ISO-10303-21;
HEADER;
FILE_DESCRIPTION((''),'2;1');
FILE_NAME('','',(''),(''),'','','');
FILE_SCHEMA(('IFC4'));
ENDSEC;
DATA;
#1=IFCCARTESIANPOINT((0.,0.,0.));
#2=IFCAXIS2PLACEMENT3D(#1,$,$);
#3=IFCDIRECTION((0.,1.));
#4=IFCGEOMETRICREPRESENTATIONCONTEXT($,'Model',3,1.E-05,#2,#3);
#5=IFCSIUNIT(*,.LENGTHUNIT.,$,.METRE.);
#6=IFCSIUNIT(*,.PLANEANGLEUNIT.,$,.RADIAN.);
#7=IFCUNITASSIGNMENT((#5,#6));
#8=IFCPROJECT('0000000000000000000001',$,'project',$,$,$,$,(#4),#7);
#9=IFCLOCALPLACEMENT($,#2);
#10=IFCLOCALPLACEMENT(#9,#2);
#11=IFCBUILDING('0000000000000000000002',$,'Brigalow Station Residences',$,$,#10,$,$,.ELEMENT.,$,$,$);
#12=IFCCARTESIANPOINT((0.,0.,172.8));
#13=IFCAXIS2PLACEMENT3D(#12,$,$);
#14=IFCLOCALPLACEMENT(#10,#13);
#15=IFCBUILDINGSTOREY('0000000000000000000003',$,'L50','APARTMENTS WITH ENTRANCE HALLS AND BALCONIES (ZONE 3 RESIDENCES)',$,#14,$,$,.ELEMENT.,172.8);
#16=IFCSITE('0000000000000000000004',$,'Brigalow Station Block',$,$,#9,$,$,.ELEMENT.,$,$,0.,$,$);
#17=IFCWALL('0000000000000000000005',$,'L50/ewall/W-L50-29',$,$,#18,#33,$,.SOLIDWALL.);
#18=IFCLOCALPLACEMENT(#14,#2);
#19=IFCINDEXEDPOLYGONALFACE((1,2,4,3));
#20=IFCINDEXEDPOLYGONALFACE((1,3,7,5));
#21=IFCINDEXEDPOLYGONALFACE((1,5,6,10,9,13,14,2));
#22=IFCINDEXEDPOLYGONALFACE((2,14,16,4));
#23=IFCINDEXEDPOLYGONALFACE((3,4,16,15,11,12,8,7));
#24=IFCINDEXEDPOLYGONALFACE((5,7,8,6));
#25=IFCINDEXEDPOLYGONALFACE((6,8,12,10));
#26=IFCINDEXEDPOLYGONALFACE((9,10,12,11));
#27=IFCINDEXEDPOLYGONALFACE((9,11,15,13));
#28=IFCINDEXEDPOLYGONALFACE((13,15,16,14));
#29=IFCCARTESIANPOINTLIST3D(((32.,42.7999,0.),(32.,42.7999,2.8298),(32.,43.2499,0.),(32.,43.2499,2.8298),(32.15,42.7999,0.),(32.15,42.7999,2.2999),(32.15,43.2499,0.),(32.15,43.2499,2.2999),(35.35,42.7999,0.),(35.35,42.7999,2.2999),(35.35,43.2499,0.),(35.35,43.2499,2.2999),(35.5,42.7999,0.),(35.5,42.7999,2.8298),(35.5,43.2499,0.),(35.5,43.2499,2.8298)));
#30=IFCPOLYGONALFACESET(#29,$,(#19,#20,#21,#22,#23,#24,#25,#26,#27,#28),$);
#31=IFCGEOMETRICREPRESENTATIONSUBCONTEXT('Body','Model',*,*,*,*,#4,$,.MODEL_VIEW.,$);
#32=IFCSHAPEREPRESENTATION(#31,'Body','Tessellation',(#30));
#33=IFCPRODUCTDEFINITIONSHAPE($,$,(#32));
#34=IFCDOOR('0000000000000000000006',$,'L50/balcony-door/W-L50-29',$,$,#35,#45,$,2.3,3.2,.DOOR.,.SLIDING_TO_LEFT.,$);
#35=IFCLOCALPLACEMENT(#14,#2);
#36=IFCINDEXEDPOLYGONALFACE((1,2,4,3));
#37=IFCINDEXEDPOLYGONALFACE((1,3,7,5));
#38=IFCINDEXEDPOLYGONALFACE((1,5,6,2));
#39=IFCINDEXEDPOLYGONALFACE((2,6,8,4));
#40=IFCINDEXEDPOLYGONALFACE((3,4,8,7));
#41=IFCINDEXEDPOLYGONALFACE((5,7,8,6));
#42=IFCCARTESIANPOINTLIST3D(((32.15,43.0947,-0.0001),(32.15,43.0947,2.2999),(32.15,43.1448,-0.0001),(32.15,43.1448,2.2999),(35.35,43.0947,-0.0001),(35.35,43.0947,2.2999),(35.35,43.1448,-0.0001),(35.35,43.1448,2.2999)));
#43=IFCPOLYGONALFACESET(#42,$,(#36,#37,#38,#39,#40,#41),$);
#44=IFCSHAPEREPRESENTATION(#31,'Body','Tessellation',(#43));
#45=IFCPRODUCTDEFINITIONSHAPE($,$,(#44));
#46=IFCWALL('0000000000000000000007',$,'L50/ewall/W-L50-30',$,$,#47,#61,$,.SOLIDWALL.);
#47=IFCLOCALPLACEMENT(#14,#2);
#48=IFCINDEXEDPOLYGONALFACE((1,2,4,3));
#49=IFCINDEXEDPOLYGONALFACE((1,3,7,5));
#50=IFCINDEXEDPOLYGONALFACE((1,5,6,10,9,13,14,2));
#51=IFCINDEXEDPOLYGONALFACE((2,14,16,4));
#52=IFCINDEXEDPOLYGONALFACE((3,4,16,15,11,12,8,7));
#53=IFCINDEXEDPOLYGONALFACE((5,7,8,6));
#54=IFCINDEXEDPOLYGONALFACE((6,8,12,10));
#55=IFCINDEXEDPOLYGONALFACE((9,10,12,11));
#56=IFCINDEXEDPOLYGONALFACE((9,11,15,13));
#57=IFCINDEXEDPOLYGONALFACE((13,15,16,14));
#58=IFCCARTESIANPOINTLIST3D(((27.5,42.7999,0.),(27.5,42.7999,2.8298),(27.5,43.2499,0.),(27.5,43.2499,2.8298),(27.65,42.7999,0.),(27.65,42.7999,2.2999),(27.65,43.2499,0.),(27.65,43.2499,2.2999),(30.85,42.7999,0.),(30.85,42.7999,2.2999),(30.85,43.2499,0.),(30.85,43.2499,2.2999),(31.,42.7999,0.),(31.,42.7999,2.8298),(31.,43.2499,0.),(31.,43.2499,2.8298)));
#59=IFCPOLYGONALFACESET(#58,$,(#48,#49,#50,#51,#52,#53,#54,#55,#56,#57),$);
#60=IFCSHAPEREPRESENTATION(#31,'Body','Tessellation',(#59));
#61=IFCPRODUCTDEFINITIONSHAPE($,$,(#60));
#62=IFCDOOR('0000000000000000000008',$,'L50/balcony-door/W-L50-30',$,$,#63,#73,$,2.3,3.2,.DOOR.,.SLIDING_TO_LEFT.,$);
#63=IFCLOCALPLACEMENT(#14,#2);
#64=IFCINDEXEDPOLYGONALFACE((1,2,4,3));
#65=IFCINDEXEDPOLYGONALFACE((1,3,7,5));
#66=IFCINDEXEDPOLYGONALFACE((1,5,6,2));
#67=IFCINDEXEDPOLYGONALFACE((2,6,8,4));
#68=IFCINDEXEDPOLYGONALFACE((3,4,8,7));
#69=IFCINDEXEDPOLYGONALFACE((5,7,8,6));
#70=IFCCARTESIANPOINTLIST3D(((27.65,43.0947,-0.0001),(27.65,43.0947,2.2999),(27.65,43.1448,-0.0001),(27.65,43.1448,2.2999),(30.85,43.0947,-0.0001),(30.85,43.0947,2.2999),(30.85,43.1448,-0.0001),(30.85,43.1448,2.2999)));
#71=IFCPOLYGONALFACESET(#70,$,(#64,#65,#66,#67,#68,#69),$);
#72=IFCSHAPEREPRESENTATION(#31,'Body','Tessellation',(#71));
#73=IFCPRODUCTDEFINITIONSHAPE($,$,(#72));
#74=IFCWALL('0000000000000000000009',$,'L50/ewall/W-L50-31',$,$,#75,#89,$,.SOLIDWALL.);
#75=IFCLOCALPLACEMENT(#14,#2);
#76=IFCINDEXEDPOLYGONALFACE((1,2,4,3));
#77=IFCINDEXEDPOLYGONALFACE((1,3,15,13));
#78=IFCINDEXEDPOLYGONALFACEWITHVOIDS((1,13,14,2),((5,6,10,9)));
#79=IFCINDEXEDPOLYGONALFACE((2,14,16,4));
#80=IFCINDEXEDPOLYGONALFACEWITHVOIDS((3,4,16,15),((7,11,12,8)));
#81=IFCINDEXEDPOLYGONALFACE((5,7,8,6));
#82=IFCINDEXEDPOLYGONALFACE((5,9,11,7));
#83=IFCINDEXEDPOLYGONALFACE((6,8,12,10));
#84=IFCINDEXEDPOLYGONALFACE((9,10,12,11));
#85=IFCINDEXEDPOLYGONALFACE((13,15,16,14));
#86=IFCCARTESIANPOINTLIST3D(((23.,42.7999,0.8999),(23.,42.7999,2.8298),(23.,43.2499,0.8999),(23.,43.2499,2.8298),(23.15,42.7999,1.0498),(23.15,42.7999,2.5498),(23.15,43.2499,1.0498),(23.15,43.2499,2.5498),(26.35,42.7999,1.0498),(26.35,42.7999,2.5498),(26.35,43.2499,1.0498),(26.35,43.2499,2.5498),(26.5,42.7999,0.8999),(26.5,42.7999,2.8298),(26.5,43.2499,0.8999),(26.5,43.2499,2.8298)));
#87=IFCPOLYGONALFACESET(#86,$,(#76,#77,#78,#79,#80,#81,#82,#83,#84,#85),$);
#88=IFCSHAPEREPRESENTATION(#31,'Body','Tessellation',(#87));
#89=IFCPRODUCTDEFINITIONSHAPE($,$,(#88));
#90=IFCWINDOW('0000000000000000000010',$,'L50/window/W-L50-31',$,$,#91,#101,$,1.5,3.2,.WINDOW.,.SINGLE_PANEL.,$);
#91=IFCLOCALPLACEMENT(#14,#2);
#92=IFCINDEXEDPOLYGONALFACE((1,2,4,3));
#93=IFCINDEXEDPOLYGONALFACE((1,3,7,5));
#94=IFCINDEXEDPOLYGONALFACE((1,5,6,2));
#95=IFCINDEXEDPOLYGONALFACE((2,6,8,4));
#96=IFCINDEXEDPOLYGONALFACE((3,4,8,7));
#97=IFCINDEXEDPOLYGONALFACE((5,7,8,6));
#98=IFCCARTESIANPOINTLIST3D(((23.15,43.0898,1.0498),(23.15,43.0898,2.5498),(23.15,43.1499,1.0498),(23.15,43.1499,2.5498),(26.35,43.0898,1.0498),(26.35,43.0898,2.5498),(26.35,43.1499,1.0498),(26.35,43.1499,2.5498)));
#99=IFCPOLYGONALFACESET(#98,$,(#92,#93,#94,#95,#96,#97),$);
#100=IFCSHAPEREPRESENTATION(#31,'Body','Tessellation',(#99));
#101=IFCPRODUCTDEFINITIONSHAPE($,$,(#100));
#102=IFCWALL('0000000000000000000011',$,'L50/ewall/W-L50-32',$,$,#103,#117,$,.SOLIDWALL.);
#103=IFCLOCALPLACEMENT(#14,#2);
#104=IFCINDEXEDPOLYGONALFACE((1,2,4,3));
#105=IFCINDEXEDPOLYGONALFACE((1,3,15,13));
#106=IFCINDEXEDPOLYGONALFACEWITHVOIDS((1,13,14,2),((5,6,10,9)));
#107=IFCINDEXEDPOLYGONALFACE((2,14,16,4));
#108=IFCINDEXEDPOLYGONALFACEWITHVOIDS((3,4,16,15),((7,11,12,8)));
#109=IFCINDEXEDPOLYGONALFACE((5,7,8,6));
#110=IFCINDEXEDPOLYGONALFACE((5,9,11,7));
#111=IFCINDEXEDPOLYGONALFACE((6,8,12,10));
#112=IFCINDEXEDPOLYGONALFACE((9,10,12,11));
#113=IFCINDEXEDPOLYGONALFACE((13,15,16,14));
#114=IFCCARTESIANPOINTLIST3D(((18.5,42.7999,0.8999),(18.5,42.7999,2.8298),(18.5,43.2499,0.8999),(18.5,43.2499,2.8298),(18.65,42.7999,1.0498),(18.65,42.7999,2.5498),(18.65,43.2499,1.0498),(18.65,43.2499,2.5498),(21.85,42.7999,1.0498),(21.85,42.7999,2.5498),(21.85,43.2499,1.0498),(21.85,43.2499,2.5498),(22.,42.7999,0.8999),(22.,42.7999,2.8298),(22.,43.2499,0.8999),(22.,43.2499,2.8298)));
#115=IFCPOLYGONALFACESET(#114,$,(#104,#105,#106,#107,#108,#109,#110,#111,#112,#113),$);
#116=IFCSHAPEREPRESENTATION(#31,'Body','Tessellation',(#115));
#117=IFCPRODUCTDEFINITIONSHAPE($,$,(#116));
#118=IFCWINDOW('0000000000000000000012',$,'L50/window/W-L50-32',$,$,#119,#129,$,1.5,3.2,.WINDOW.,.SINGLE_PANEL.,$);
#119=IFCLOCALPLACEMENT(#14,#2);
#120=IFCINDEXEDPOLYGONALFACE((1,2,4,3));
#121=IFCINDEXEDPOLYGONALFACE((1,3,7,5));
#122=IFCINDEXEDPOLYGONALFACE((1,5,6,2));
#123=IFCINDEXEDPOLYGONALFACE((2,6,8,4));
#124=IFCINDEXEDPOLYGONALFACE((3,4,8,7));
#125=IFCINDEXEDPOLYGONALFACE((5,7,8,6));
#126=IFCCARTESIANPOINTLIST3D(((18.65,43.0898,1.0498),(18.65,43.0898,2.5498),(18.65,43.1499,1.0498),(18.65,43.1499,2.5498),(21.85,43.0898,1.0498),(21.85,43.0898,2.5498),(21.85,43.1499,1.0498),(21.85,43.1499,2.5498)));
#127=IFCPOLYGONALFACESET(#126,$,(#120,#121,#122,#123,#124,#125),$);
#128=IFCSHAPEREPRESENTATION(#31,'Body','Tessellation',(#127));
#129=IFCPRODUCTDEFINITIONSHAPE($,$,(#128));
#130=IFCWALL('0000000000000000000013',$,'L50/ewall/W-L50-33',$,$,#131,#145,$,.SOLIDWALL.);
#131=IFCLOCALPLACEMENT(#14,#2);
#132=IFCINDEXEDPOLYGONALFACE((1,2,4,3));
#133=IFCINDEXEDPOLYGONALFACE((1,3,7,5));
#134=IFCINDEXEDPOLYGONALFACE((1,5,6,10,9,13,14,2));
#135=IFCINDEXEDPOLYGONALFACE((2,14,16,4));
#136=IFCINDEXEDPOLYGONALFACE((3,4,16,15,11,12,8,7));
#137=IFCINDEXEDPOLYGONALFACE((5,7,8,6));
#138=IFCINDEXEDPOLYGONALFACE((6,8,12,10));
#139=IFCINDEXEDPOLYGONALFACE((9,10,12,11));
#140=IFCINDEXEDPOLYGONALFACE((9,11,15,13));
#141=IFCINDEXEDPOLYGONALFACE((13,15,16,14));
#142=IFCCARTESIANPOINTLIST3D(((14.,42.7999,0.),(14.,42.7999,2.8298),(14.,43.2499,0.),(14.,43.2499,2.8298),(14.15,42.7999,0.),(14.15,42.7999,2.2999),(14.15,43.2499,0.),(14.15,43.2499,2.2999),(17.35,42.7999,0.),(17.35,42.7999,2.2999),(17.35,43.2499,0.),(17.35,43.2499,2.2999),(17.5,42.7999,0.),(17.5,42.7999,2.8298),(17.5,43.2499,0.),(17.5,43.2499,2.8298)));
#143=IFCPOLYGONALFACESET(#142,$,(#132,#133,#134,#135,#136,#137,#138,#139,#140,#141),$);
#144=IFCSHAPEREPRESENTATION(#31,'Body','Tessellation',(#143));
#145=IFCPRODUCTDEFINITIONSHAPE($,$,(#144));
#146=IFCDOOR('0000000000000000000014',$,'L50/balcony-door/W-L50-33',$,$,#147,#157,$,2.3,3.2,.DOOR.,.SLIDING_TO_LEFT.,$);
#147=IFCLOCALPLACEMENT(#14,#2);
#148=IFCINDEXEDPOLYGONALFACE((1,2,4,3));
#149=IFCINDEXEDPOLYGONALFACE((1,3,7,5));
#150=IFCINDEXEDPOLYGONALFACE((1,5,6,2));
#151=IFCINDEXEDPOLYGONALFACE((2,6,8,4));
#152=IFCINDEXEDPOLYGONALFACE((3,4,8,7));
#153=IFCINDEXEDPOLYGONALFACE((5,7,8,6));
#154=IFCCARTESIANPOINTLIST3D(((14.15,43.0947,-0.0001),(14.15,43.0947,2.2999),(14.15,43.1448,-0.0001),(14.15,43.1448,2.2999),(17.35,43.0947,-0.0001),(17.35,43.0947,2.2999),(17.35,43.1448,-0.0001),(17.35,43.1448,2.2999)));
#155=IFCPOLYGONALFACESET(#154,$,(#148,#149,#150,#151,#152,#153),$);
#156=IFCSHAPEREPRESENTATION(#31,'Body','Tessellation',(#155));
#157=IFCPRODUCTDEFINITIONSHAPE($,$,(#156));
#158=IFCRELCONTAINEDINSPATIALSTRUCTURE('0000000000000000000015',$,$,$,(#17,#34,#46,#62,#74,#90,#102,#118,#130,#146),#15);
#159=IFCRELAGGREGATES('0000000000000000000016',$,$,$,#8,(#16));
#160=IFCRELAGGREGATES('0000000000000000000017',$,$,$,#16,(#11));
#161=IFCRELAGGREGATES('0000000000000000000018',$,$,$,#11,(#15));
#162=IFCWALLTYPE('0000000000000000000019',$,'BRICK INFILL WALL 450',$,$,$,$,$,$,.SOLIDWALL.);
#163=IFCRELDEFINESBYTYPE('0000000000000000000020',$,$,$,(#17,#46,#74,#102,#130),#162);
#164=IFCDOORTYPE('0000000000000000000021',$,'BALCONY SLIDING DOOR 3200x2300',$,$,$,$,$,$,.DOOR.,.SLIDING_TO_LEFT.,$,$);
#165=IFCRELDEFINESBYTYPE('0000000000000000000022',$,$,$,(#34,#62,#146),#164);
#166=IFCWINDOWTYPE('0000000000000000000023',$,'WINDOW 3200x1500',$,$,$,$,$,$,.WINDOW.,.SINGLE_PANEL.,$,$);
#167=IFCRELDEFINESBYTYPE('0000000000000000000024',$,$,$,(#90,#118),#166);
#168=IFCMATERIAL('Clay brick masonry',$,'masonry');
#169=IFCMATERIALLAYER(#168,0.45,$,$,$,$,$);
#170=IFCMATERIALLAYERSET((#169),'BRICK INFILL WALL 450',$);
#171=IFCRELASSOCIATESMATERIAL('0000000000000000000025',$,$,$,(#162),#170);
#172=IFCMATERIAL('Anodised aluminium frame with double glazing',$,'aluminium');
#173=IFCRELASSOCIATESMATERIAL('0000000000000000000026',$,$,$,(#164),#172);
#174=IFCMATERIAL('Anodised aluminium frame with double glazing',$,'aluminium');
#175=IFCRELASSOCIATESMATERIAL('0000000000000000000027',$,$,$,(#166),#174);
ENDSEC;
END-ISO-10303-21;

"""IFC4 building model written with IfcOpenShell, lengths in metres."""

from ifc_helpers import new_model, si_unit, direction, frame, frame_2d, origin, place, context, subcontext, project, spatial, rectangle, extrude, material, layer, layer_set, type_object, element, fill, save


model = new_model("IFC4")

# Units and contexts
model_context = context("Model", 3, precision=1e-05, world=origin(), true_north=direction((0.0, 1.0)))
body_context = subcontext(model_context, "Body", "Model", "MODEL_VIEW")
ifc_project = project(units=[si_unit("LENGTHUNIT", "METRE"), si_unit("PLANEANGLEUNIT", "RADIAN")], contexts=[model_context])

# Site, building, storey
site_placement = place(None, origin())
site = spatial("IfcSite", under=ifc_project, at=site_placement, Name="Brigalow Station Block", CompositionType="ELEMENT", RefElevation=0.0)
building_placement = place(site_placement, origin())
building = spatial("IfcBuilding", under=site, at=building_placement, Name="Brigalow Station Residences", CompositionType="ELEMENT")
storey_placement = place(building_placement, frame((0.0, 0.0, 172.8)))
storey = spatial("IfcBuildingStorey", under=building, at=storey_placement, Name="L50", Description="APARTMENTS WITH ENTRANCE HALLS AND BALCONIES (ZONE 3 RESIDENCES)", CompositionType="ELEMENT", Elevation=172.8)

# Walls, openings, doors
ifc_material_1 = material(Name="Clay brick masonry", Category="masonry")
ifc_layer_1 = layer(ifc_material_1, 0.45)
ifc_layer_set_1 = layer_set([ifc_layer_1], Name="BRICK INFILL WALL 450")
wall_type_1 = type_object("IfcWallType", Name="BRICK INFILL WALL 450", PredefinedType="SOLIDWALL", material=ifc_layer_set_1)
wall_1_placement = place(storey_placement, frame((35.5, 43.0249, 0.0), z_axis=(0.0, 0.0, 1.0), x_axis=(-1.0, 0.0, 0.0)))
wall_1 = element("IfcWall", 1, at=wall_1_placement, inside=storey, type_object=wall_type_1, Name="L50/ewall/W-L50-29", PredefinedType="SOLIDWALL", context=body_context, shape_type="SweptSolid", body=[
    extrude(rectangle(XDim=3.5, YDim=0.45, at=frame_2d((1.75, 0.0))), origin(), (0.0, 0.0, 1.0), 2.8298),
])
opening_1_placement = place(wall_1_placement, frame((0.1499, 0.0, 0.0)))
opening_1 = element("IfcOpeningElement", 2, at=opening_1_placement, cuts=wall_1, PredefinedType="OPENING", context=body_context, shape_type="SweptSolid", body=[
    extrude(rectangle(XDim=3.2, YDim=2.3, at=frame_2d((1.6001, 1.1499))), frame((0.0, 0.2349, 0.0), z_axis=(0.0, -1.0, 0.0), x_axis=(1.0, 0.0, 0.0)), (0.0, 0.0, 1.0), 0.47),
])
ifc_material_2 = material(Name="Anodised aluminium frame with double glazing", Category="aluminium")
door_type_1 = type_object("IfcDoorType", Name="BALCONY SLIDING DOOR 3200x2300", OperationType="SLIDING_TO_LEFT", PredefinedType="DOOR", material=ifc_material_2)
door_1_placement = place(opening_1_placement, origin())
door_1 = element("IfcDoor", 3, at=door_1_placement, inside=storey, type_object=door_type_1, Name="L50/balcony-door/W-L50-29", OperationType="SLIDING_TO_LEFT", OverallHeight=2.3, OverallWidth=3.2, PredefinedType="DOOR", context=body_context, shape_type="SweptSolid", body=[
    extrude(rectangle(XDim=3.2, YDim=2.3, at=frame_2d((1.6001, 1.1499))), frame((0.0, -0.0698, 0.0), z_axis=(0.0, -1.0, 0.0), x_axis=(1.0, 0.0, 0.0)), (0.0, 0.0, 1.0), 0.05),
])
fill(opening_1, door_1)
wall_2_placement = place(storey_placement, frame((31.0, 43.0249, 0.0), z_axis=(0.0, 0.0, 1.0), x_axis=(-1.0, 0.0, 0.0)))
wall_2 = element("IfcWall", 4, at=wall_2_placement, inside=storey, type_object=wall_type_1, Name="L50/ewall/W-L50-30", PredefinedType="SOLIDWALL", context=body_context, shape_type="SweptSolid", body=[
    extrude(rectangle(XDim=3.5, YDim=0.45, at=frame_2d((1.75, 0.0))), origin(), (0.0, 0.0, 1.0), 2.8298),
])
opening_2_placement = place(wall_2_placement, frame((0.1499, 0.0, 0.0)))
opening_2 = element("IfcOpeningElement", 5, at=opening_2_placement, cuts=wall_2, PredefinedType="OPENING", context=body_context, shape_type="SweptSolid", body=[
    extrude(rectangle(XDim=3.2, YDim=2.3, at=frame_2d((1.6001, 1.1499))), frame((0.0, 0.2349, 0.0), z_axis=(0.0, -1.0, 0.0), x_axis=(1.0, 0.0, 0.0)), (0.0, 0.0, 1.0), 0.47),
])
door_2_placement = place(opening_2_placement, origin())
door_2 = element("IfcDoor", 6, at=door_2_placement, inside=storey, type_object=door_type_1, Name="L50/balcony-door/W-L50-30", OperationType="SLIDING_TO_LEFT", OverallHeight=2.3, OverallWidth=3.2, PredefinedType="DOOR", context=body_context, shape_type="SweptSolid", body=[
    extrude(rectangle(XDim=3.2, YDim=2.3, at=frame_2d((1.6001, 1.1499))), frame((0.0, -0.0698, 0.0), z_axis=(0.0, -1.0, 0.0), x_axis=(1.0, 0.0, 0.0)), (0.0, 0.0, 1.0), 0.05),
])
fill(opening_2, door_2)

# Walls, openings, windows
wall_3_placement = place(storey_placement, frame((26.5, 43.0249, 0.8999), z_axis=(0.0, 0.0, 1.0), x_axis=(-1.0, 0.0, 0.0)))
wall_3 = element("IfcWall", 7, at=wall_3_placement, inside=storey, type_object=wall_type_1, Name="L50/ewall/W-L50-31", PredefinedType="SOLIDWALL", context=body_context, shape_type="SweptSolid", body=[
    extrude(rectangle(XDim=3.5, YDim=0.45, at=frame_2d((1.75, 0.0))), origin(), (0.0, 0.0, 1.0), 1.9299),
])
opening_3_placement = place(wall_3_placement, frame((0.1499, 0.0, 0.1499)))
opening_3 = element("IfcOpeningElement", 8, at=opening_3_placement, cuts=wall_3, PredefinedType="OPENING", context=body_context, shape_type="SweptSolid", body=[
    extrude(rectangle(XDim=3.2, YDim=1.5, at=frame_2d((1.6001, 0.75))), frame((0.0, 0.2349, 0.0), z_axis=(0.0, -1.0, 0.0), x_axis=(1.0, 0.0, 0.0)), (0.0, 0.0, 1.0), 0.47),
])
ifc_material_3 = material(Name="Anodised aluminium frame with double glazing", Category="aluminium")
window_type = type_object("IfcWindowType", Name="WINDOW 3200x1500", PartitioningType="SINGLE_PANEL", PredefinedType="WINDOW", material=ifc_material_3)
window_1_placement = place(opening_3_placement, origin())
window_1 = element("IfcWindow", 9, at=window_1_placement, inside=storey, type_object=window_type, Name="L50/window/W-L50-31", OverallHeight=1.5, OverallWidth=3.2, PartitioningType="SINGLE_PANEL", PredefinedType="WINDOW", context=body_context, shape_type="SweptSolid", body=[
    extrude(rectangle(XDim=3.2, YDim=1.5, at=frame_2d((1.6001, 0.75))), frame((0.0, -0.0649, 0.0), z_axis=(0.0, -1.0, 0.0), x_axis=(1.0, 0.0, 0.0)), (0.0, 0.0, 1.0), 0.0601),
])
fill(opening_3, window_1)
wall_4_placement = place(storey_placement, frame((22.0, 43.0249, 0.8999), z_axis=(0.0, 0.0, 1.0), x_axis=(-1.0, 0.0, 0.0)))
wall_4 = element("IfcWall", 10, at=wall_4_placement, inside=storey, type_object=wall_type_1, Name="L50/ewall/W-L50-32", PredefinedType="SOLIDWALL", context=body_context, shape_type="SweptSolid", body=[
    extrude(rectangle(XDim=3.5, YDim=0.45, at=frame_2d((1.75, 0.0))), origin(), (0.0, 0.0, 1.0), 1.9299),
])
opening_4_placement = place(wall_4_placement, frame((0.1499, 0.0, 0.1499)))
opening_4 = element("IfcOpeningElement", 11, at=opening_4_placement, cuts=wall_4, PredefinedType="OPENING", context=body_context, shape_type="SweptSolid", body=[
    extrude(rectangle(XDim=3.2, YDim=1.5, at=frame_2d((1.6001, 0.75))), frame((0.0, 0.2349, 0.0), z_axis=(0.0, -1.0, 0.0), x_axis=(1.0, 0.0, 0.0)), (0.0, 0.0, 1.0), 0.47),
])
window_2_placement = place(opening_4_placement, origin())
window_2 = element("IfcWindow", 12, at=window_2_placement, inside=storey, type_object=window_type, Name="L50/window/W-L50-32", OverallHeight=1.5, OverallWidth=3.2, PartitioningType="SINGLE_PANEL", PredefinedType="WINDOW", context=body_context, shape_type="SweptSolid", body=[
    extrude(rectangle(XDim=3.2, YDim=1.5, at=frame_2d((1.6001, 0.75))), frame((0.0, -0.0649, 0.0), z_axis=(0.0, -1.0, 0.0), x_axis=(1.0, 0.0, 0.0)), (0.0, 0.0, 1.0), 0.0601),
])
fill(opening_4, window_2)

# Wall, opening, door
wall_5_placement = place(storey_placement, frame((17.5, 43.0249, 0.0), z_axis=(0.0, 0.0, 1.0), x_axis=(-1.0, 0.0, 0.0)))
wall_5 = element("IfcWall", 13, at=wall_5_placement, inside=storey, type_object=wall_type_1, Name="L50/ewall/W-L50-33", PredefinedType="SOLIDWALL", context=body_context, shape_type="SweptSolid", body=[
    extrude(rectangle(XDim=3.5, YDim=0.45, at=frame_2d((1.75, 0.0))), origin(), (0.0, 0.0, 1.0), 2.8298),
])
opening_5_placement = place(wall_5_placement, frame((0.1499, 0.0, 0.0)))
opening_5 = element("IfcOpeningElement", 14, at=opening_5_placement, cuts=wall_5, PredefinedType="OPENING", context=body_context, shape_type="SweptSolid", body=[
    extrude(rectangle(XDim=3.2, YDim=2.3, at=frame_2d((1.6001, 1.1499))), frame((0.0, 0.2349, 0.0), z_axis=(0.0, -1.0, 0.0), x_axis=(1.0, 0.0, 0.0)), (0.0, 0.0, 1.0), 0.47),
])
door_3_placement = place(opening_5_placement, origin())
door_3 = element("IfcDoor", 15, at=door_3_placement, inside=storey, type_object=door_type_1, Name="L50/balcony-door/W-L50-33", OperationType="SLIDING_TO_LEFT", OverallHeight=2.3, OverallWidth=3.2, PredefinedType="DOOR", context=body_context, shape_type="SweptSolid", body=[
    extrude(rectangle(XDim=3.2, YDim=2.3, at=frame_2d((1.6001, 1.1499))), frame((0.0, -0.0698, 0.0), z_axis=(0.0, -1.0, 0.0), x_axis=(1.0, 0.0, 0.0)), (0.0, 0.0, 1.0), 0.05),
])
fill(opening_5, door_3)

save(model, "model.ifc")
